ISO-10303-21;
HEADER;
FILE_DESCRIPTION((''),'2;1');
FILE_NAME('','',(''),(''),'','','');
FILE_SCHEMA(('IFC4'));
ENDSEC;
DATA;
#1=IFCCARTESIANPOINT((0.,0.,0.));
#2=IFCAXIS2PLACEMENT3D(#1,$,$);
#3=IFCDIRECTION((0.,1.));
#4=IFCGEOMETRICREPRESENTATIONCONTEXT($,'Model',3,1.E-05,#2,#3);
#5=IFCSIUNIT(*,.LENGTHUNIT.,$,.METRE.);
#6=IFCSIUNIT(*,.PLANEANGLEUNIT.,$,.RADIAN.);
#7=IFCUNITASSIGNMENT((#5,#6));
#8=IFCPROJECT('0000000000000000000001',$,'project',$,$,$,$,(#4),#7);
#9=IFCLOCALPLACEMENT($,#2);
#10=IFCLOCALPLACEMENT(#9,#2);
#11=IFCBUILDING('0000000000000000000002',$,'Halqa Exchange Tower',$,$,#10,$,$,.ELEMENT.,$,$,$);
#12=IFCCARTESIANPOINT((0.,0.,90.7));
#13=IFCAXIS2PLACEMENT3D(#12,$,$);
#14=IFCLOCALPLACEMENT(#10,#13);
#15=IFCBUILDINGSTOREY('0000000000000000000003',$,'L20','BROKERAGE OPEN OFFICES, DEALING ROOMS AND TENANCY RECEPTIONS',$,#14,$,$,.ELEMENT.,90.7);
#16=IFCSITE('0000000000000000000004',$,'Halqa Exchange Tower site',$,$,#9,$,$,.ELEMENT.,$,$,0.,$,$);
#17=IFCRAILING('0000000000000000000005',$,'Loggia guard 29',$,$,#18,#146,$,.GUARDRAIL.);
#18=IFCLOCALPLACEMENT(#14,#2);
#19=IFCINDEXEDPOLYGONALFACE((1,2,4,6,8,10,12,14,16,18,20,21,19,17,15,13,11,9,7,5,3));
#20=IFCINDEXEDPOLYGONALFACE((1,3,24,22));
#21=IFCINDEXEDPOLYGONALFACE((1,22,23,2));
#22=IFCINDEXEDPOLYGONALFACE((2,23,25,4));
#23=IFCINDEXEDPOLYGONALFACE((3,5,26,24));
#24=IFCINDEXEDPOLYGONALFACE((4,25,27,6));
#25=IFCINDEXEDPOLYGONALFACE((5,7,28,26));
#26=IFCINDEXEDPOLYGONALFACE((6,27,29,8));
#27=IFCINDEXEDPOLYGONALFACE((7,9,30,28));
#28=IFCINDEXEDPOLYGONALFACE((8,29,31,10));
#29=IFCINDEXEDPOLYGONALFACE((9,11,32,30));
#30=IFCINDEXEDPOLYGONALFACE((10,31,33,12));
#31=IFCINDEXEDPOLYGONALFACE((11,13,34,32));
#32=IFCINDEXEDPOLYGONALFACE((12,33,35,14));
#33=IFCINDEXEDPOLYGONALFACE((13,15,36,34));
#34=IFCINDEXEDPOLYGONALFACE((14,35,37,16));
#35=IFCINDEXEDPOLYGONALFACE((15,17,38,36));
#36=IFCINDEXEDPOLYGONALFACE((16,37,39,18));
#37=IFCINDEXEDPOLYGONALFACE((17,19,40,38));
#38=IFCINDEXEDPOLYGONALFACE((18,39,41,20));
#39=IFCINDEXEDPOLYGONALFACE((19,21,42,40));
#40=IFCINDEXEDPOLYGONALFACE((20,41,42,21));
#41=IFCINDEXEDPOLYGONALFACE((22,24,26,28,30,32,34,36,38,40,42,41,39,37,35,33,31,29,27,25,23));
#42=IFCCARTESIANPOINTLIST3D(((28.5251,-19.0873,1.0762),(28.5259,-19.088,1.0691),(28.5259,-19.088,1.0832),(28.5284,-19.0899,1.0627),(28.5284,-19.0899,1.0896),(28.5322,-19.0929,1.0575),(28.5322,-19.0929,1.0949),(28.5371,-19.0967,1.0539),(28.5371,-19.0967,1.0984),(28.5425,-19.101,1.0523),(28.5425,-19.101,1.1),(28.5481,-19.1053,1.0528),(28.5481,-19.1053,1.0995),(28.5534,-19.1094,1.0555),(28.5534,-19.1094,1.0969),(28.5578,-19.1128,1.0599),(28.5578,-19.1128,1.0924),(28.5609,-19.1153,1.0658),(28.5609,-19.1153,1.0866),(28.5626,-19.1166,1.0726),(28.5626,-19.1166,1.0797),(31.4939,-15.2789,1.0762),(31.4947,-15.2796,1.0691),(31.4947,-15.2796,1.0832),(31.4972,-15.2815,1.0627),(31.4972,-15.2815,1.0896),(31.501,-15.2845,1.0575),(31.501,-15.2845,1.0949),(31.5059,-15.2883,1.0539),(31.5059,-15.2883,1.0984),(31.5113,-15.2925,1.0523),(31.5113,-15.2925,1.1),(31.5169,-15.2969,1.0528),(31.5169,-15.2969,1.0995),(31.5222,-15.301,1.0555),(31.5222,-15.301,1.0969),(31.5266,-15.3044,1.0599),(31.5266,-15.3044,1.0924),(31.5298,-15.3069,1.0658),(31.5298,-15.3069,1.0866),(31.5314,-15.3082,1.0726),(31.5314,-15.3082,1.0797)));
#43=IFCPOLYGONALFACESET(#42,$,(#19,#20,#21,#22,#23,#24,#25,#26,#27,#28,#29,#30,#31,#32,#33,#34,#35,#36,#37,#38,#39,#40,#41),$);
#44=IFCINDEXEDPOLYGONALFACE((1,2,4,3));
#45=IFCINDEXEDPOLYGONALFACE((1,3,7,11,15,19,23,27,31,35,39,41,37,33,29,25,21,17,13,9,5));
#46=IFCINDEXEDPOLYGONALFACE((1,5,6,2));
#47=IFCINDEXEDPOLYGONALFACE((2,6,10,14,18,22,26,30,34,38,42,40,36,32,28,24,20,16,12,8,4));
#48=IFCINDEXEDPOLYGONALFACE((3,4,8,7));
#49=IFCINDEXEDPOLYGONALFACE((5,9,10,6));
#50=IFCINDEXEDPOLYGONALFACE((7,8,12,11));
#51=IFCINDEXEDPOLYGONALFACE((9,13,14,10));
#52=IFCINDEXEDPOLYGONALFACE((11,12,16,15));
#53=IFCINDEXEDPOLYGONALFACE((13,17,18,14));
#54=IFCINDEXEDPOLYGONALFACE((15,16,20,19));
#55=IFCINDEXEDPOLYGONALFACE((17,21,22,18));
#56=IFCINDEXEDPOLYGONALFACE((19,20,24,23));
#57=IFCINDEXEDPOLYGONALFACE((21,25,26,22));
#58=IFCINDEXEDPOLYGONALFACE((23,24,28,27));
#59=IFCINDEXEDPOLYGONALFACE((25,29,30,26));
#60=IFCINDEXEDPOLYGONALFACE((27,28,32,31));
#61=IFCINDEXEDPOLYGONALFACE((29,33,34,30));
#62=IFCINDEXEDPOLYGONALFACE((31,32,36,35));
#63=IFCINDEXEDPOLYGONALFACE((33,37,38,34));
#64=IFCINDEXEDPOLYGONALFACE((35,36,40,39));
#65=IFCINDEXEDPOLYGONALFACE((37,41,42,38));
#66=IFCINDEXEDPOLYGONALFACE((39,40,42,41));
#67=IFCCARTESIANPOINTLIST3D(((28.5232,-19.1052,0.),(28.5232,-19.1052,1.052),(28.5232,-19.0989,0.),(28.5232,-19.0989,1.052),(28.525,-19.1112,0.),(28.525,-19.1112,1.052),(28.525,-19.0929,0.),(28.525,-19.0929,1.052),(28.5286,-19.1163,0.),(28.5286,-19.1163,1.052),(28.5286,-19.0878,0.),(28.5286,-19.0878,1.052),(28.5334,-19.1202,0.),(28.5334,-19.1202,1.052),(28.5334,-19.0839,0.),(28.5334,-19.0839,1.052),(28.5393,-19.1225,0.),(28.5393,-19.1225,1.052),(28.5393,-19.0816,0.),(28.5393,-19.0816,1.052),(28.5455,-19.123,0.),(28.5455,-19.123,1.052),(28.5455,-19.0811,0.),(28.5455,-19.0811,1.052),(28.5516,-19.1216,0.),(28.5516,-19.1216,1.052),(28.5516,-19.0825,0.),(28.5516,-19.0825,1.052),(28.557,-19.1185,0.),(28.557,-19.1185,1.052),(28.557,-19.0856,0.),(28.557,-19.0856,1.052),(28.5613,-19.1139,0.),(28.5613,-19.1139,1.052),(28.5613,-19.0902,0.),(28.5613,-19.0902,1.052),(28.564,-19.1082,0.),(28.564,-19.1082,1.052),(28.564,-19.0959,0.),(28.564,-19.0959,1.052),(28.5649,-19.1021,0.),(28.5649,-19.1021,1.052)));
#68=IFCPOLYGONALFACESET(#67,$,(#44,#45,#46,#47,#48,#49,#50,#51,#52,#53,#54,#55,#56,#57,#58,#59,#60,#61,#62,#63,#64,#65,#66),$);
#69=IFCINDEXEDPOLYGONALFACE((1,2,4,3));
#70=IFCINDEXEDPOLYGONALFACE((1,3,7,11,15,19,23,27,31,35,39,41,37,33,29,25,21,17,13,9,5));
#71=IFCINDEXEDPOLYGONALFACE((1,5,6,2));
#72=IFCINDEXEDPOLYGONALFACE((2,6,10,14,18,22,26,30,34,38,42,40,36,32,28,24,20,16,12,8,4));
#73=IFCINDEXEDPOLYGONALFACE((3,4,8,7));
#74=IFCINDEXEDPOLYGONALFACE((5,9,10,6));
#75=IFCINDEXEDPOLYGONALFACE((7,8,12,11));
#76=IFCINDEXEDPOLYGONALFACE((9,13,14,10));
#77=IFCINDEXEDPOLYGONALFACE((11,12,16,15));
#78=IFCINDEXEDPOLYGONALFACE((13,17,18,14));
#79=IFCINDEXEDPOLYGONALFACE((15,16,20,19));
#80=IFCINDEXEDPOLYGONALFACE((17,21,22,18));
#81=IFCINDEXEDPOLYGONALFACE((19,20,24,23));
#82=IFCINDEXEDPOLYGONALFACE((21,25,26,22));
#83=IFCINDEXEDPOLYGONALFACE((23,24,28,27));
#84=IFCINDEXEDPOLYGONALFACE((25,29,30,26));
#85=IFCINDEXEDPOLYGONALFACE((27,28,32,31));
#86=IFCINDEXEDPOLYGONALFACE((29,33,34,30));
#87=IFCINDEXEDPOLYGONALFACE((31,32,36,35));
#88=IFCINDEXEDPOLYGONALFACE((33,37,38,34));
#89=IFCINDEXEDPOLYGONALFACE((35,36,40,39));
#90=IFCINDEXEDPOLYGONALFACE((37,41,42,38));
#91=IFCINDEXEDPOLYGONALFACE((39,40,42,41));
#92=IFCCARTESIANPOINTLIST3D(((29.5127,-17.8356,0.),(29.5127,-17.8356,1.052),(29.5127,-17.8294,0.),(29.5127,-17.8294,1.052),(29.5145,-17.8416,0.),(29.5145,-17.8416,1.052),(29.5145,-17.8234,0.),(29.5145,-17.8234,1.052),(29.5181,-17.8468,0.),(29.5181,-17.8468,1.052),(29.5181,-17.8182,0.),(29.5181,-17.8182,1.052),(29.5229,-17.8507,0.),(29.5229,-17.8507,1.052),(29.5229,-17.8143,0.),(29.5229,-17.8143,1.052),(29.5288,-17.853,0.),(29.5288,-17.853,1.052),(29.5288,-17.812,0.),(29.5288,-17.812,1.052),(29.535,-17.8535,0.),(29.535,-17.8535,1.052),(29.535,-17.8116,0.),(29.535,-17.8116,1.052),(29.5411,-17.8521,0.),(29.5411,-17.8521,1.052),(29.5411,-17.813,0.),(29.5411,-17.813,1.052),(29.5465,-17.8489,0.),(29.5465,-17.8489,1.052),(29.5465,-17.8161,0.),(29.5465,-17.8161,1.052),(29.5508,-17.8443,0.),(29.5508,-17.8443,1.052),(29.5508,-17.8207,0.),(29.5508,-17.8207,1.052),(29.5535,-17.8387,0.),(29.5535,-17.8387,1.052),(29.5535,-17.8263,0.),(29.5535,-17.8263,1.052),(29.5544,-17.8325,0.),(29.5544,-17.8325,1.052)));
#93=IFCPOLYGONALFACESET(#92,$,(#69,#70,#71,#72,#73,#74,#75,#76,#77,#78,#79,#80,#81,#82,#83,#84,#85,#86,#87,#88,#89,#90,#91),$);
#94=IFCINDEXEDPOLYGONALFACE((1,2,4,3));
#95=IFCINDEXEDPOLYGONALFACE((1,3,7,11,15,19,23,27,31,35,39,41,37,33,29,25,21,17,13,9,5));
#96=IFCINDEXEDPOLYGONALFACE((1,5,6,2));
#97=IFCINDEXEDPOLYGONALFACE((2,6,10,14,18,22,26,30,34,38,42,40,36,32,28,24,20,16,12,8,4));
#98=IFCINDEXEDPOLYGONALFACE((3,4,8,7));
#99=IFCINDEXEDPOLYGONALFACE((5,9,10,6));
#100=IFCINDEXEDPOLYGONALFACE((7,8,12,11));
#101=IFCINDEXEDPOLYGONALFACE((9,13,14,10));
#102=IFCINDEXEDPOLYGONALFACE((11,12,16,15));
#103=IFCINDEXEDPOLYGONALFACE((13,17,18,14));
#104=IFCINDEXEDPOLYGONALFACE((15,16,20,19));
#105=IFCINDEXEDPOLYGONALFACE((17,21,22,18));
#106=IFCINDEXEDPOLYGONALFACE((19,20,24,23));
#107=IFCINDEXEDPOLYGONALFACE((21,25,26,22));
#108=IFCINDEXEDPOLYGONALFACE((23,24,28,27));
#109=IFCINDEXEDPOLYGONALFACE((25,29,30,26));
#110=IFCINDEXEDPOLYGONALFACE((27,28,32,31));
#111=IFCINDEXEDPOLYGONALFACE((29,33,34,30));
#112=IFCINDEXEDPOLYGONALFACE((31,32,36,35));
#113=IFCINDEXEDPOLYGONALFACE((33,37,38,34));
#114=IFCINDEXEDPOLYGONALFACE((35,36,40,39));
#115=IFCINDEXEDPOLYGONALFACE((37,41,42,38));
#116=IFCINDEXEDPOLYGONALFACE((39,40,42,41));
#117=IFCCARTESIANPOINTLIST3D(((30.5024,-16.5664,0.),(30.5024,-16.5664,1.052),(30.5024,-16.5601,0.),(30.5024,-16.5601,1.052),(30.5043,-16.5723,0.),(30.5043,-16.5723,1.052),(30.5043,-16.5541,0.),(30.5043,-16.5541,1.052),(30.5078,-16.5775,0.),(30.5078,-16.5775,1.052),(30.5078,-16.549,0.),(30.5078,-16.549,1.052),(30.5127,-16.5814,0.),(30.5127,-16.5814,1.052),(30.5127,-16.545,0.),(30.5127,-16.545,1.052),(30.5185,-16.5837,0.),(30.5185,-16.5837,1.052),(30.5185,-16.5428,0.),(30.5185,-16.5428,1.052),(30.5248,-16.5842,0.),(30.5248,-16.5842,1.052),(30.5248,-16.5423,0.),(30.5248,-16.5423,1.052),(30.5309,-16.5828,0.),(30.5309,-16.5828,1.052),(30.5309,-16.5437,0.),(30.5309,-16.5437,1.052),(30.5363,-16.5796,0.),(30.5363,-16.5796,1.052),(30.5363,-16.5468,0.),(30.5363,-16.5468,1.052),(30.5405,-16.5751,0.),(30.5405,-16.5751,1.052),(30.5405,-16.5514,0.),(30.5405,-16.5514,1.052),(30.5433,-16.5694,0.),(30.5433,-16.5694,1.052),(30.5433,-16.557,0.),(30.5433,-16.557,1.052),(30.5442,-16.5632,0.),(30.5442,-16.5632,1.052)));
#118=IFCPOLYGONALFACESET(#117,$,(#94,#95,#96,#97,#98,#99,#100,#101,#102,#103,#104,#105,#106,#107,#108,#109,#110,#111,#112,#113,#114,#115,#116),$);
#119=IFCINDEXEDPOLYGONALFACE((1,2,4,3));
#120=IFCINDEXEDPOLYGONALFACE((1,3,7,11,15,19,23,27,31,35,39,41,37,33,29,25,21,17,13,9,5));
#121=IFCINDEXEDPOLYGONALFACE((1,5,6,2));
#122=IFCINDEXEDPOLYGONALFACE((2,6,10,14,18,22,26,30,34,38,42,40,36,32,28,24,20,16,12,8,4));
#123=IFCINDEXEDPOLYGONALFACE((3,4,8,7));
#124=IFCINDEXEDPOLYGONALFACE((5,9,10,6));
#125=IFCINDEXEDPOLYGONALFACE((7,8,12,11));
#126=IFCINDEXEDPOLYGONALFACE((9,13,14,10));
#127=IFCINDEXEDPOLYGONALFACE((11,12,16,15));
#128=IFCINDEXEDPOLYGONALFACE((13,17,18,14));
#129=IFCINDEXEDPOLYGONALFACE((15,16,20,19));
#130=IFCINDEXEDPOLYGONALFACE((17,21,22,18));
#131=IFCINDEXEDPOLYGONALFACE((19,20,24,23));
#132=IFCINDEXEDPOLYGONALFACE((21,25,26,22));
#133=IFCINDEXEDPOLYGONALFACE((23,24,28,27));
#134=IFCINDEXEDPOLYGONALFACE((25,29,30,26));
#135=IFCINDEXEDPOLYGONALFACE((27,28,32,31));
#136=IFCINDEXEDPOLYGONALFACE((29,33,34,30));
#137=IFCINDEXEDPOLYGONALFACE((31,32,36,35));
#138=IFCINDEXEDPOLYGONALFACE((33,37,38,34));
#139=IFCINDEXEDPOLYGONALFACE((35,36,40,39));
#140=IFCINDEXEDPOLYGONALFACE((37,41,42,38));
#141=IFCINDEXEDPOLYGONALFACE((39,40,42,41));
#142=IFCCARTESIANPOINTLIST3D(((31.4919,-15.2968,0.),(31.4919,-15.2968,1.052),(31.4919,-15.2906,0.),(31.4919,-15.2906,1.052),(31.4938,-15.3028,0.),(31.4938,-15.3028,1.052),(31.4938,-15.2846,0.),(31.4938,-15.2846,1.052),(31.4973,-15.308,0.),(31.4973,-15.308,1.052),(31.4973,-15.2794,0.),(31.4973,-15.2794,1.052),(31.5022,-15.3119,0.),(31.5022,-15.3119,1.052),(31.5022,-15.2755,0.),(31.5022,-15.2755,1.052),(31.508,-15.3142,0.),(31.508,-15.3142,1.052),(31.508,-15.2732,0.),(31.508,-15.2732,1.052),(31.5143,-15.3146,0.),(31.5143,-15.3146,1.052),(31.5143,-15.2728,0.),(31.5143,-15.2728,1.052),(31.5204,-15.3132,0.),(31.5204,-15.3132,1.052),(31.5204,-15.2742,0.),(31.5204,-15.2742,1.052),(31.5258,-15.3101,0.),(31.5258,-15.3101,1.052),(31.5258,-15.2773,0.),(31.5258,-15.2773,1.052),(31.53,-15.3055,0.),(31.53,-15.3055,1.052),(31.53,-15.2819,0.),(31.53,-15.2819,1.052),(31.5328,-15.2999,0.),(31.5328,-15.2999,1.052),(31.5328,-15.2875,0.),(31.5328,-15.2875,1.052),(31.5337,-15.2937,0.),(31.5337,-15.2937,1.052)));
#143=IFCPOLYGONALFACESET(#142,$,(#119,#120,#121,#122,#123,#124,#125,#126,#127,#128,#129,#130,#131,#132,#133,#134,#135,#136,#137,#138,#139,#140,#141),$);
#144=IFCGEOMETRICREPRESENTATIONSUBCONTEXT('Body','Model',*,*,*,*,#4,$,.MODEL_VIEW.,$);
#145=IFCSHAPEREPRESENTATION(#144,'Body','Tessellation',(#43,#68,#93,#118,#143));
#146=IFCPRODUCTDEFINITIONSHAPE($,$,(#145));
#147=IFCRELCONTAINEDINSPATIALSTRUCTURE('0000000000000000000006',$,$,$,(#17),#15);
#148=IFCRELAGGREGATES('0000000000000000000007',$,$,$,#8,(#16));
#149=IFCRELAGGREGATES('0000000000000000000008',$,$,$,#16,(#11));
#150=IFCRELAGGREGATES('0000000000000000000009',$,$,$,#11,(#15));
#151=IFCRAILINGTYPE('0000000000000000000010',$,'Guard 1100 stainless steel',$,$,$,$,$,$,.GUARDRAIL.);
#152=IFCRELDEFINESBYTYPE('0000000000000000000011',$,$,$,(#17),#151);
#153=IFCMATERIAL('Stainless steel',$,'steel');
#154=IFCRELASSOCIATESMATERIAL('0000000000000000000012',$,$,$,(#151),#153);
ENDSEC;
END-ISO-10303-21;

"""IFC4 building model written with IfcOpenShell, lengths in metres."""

from ifc_helpers import new_model, si_unit, direction, frame, origin, origin_2d, place, context, subcontext, project, spatial, circle, extrude, material, type_object, element, save


model = new_model("IFC4")

# Units and contexts
model_context = context("Model", 3, precision=1e-05, world=origin(), true_north=direction((0.0, 1.0)))
body_context = subcontext(model_context, "Body", "Model", "MODEL_VIEW")
ifc_project = project(units=[si_unit("LENGTHUNIT", "METRE"), si_unit("PLANEANGLEUNIT", "RADIAN")], contexts=[model_context])

# Site, building, storey
site_placement = place(None, origin())
site = spatial("IfcSite", under=ifc_project, at=site_placement, Name="Halqa Exchange Tower site", CompositionType="ELEMENT", RefElevation=0.0)
building_placement = place(site_placement, origin())
building = spatial("IfcBuilding", under=site, at=building_placement, Name="Halqa Exchange Tower", CompositionType="ELEMENT")
storey_placement = place(building_placement, frame((0.0, 0.0, 90.7)))
storey = spatial("IfcBuildingStorey", under=building, at=storey_placement, Name="L20", Description="BROKERAGE OPEN OFFICES, DEALING ROOMS AND TENANCY RECEPTIONS", CompositionType="ELEMENT", Elevation=90.7)

# Railing
ifc_material_1 = material(Name="Stainless steel", Category="steel")
railing_type = type_object("IfcRailingType", Name="Guard 1100 stainless steel", PredefinedType="GUARDRAIL", material=ifc_material_1)
railing_1_placement = place(storey_placement, frame((28.5439, -19.1021, 0.0)))
element("IfcRailing", 1, at=railing_1_placement, inside=storey, type_object=railing_type, Name="Loggia guard 29", PredefinedType="GUARDRAIL", context=body_context, shape_type="SweptSolid", body=[
    extrude(circle(Radius=0.0239, at=origin_2d()), frame((0.0, 0.0, 1.0762), z_axis=(0.614805, 0.788679, 0.0), x_axis=(-0.788679, 0.614805, 0.0)), (0.0, 0.0, 1.0), 4.8289),
    extrude(circle(Radius=0.021, at=origin_2d()), origin(), (0.0, 0.0, 1.0), 1.052),
    extrude(circle(Radius=0.021, at=origin_2d()), frame((0.9895, 1.2695, 0.0)), (0.0, 0.0, 1.0), 1.052),
    extrude(circle(Radius=0.021, at=origin_2d()), frame((1.9792, 2.5388, 0.0)), (0.0, 0.0, 1.0), 1.052),
    extrude(circle(Radius=0.021, at=origin_2d()), frame((2.9688, 3.8083, 0.0)), (0.0, 0.0, 1.0), 1.052),
])

save(model, "model.ifc")
